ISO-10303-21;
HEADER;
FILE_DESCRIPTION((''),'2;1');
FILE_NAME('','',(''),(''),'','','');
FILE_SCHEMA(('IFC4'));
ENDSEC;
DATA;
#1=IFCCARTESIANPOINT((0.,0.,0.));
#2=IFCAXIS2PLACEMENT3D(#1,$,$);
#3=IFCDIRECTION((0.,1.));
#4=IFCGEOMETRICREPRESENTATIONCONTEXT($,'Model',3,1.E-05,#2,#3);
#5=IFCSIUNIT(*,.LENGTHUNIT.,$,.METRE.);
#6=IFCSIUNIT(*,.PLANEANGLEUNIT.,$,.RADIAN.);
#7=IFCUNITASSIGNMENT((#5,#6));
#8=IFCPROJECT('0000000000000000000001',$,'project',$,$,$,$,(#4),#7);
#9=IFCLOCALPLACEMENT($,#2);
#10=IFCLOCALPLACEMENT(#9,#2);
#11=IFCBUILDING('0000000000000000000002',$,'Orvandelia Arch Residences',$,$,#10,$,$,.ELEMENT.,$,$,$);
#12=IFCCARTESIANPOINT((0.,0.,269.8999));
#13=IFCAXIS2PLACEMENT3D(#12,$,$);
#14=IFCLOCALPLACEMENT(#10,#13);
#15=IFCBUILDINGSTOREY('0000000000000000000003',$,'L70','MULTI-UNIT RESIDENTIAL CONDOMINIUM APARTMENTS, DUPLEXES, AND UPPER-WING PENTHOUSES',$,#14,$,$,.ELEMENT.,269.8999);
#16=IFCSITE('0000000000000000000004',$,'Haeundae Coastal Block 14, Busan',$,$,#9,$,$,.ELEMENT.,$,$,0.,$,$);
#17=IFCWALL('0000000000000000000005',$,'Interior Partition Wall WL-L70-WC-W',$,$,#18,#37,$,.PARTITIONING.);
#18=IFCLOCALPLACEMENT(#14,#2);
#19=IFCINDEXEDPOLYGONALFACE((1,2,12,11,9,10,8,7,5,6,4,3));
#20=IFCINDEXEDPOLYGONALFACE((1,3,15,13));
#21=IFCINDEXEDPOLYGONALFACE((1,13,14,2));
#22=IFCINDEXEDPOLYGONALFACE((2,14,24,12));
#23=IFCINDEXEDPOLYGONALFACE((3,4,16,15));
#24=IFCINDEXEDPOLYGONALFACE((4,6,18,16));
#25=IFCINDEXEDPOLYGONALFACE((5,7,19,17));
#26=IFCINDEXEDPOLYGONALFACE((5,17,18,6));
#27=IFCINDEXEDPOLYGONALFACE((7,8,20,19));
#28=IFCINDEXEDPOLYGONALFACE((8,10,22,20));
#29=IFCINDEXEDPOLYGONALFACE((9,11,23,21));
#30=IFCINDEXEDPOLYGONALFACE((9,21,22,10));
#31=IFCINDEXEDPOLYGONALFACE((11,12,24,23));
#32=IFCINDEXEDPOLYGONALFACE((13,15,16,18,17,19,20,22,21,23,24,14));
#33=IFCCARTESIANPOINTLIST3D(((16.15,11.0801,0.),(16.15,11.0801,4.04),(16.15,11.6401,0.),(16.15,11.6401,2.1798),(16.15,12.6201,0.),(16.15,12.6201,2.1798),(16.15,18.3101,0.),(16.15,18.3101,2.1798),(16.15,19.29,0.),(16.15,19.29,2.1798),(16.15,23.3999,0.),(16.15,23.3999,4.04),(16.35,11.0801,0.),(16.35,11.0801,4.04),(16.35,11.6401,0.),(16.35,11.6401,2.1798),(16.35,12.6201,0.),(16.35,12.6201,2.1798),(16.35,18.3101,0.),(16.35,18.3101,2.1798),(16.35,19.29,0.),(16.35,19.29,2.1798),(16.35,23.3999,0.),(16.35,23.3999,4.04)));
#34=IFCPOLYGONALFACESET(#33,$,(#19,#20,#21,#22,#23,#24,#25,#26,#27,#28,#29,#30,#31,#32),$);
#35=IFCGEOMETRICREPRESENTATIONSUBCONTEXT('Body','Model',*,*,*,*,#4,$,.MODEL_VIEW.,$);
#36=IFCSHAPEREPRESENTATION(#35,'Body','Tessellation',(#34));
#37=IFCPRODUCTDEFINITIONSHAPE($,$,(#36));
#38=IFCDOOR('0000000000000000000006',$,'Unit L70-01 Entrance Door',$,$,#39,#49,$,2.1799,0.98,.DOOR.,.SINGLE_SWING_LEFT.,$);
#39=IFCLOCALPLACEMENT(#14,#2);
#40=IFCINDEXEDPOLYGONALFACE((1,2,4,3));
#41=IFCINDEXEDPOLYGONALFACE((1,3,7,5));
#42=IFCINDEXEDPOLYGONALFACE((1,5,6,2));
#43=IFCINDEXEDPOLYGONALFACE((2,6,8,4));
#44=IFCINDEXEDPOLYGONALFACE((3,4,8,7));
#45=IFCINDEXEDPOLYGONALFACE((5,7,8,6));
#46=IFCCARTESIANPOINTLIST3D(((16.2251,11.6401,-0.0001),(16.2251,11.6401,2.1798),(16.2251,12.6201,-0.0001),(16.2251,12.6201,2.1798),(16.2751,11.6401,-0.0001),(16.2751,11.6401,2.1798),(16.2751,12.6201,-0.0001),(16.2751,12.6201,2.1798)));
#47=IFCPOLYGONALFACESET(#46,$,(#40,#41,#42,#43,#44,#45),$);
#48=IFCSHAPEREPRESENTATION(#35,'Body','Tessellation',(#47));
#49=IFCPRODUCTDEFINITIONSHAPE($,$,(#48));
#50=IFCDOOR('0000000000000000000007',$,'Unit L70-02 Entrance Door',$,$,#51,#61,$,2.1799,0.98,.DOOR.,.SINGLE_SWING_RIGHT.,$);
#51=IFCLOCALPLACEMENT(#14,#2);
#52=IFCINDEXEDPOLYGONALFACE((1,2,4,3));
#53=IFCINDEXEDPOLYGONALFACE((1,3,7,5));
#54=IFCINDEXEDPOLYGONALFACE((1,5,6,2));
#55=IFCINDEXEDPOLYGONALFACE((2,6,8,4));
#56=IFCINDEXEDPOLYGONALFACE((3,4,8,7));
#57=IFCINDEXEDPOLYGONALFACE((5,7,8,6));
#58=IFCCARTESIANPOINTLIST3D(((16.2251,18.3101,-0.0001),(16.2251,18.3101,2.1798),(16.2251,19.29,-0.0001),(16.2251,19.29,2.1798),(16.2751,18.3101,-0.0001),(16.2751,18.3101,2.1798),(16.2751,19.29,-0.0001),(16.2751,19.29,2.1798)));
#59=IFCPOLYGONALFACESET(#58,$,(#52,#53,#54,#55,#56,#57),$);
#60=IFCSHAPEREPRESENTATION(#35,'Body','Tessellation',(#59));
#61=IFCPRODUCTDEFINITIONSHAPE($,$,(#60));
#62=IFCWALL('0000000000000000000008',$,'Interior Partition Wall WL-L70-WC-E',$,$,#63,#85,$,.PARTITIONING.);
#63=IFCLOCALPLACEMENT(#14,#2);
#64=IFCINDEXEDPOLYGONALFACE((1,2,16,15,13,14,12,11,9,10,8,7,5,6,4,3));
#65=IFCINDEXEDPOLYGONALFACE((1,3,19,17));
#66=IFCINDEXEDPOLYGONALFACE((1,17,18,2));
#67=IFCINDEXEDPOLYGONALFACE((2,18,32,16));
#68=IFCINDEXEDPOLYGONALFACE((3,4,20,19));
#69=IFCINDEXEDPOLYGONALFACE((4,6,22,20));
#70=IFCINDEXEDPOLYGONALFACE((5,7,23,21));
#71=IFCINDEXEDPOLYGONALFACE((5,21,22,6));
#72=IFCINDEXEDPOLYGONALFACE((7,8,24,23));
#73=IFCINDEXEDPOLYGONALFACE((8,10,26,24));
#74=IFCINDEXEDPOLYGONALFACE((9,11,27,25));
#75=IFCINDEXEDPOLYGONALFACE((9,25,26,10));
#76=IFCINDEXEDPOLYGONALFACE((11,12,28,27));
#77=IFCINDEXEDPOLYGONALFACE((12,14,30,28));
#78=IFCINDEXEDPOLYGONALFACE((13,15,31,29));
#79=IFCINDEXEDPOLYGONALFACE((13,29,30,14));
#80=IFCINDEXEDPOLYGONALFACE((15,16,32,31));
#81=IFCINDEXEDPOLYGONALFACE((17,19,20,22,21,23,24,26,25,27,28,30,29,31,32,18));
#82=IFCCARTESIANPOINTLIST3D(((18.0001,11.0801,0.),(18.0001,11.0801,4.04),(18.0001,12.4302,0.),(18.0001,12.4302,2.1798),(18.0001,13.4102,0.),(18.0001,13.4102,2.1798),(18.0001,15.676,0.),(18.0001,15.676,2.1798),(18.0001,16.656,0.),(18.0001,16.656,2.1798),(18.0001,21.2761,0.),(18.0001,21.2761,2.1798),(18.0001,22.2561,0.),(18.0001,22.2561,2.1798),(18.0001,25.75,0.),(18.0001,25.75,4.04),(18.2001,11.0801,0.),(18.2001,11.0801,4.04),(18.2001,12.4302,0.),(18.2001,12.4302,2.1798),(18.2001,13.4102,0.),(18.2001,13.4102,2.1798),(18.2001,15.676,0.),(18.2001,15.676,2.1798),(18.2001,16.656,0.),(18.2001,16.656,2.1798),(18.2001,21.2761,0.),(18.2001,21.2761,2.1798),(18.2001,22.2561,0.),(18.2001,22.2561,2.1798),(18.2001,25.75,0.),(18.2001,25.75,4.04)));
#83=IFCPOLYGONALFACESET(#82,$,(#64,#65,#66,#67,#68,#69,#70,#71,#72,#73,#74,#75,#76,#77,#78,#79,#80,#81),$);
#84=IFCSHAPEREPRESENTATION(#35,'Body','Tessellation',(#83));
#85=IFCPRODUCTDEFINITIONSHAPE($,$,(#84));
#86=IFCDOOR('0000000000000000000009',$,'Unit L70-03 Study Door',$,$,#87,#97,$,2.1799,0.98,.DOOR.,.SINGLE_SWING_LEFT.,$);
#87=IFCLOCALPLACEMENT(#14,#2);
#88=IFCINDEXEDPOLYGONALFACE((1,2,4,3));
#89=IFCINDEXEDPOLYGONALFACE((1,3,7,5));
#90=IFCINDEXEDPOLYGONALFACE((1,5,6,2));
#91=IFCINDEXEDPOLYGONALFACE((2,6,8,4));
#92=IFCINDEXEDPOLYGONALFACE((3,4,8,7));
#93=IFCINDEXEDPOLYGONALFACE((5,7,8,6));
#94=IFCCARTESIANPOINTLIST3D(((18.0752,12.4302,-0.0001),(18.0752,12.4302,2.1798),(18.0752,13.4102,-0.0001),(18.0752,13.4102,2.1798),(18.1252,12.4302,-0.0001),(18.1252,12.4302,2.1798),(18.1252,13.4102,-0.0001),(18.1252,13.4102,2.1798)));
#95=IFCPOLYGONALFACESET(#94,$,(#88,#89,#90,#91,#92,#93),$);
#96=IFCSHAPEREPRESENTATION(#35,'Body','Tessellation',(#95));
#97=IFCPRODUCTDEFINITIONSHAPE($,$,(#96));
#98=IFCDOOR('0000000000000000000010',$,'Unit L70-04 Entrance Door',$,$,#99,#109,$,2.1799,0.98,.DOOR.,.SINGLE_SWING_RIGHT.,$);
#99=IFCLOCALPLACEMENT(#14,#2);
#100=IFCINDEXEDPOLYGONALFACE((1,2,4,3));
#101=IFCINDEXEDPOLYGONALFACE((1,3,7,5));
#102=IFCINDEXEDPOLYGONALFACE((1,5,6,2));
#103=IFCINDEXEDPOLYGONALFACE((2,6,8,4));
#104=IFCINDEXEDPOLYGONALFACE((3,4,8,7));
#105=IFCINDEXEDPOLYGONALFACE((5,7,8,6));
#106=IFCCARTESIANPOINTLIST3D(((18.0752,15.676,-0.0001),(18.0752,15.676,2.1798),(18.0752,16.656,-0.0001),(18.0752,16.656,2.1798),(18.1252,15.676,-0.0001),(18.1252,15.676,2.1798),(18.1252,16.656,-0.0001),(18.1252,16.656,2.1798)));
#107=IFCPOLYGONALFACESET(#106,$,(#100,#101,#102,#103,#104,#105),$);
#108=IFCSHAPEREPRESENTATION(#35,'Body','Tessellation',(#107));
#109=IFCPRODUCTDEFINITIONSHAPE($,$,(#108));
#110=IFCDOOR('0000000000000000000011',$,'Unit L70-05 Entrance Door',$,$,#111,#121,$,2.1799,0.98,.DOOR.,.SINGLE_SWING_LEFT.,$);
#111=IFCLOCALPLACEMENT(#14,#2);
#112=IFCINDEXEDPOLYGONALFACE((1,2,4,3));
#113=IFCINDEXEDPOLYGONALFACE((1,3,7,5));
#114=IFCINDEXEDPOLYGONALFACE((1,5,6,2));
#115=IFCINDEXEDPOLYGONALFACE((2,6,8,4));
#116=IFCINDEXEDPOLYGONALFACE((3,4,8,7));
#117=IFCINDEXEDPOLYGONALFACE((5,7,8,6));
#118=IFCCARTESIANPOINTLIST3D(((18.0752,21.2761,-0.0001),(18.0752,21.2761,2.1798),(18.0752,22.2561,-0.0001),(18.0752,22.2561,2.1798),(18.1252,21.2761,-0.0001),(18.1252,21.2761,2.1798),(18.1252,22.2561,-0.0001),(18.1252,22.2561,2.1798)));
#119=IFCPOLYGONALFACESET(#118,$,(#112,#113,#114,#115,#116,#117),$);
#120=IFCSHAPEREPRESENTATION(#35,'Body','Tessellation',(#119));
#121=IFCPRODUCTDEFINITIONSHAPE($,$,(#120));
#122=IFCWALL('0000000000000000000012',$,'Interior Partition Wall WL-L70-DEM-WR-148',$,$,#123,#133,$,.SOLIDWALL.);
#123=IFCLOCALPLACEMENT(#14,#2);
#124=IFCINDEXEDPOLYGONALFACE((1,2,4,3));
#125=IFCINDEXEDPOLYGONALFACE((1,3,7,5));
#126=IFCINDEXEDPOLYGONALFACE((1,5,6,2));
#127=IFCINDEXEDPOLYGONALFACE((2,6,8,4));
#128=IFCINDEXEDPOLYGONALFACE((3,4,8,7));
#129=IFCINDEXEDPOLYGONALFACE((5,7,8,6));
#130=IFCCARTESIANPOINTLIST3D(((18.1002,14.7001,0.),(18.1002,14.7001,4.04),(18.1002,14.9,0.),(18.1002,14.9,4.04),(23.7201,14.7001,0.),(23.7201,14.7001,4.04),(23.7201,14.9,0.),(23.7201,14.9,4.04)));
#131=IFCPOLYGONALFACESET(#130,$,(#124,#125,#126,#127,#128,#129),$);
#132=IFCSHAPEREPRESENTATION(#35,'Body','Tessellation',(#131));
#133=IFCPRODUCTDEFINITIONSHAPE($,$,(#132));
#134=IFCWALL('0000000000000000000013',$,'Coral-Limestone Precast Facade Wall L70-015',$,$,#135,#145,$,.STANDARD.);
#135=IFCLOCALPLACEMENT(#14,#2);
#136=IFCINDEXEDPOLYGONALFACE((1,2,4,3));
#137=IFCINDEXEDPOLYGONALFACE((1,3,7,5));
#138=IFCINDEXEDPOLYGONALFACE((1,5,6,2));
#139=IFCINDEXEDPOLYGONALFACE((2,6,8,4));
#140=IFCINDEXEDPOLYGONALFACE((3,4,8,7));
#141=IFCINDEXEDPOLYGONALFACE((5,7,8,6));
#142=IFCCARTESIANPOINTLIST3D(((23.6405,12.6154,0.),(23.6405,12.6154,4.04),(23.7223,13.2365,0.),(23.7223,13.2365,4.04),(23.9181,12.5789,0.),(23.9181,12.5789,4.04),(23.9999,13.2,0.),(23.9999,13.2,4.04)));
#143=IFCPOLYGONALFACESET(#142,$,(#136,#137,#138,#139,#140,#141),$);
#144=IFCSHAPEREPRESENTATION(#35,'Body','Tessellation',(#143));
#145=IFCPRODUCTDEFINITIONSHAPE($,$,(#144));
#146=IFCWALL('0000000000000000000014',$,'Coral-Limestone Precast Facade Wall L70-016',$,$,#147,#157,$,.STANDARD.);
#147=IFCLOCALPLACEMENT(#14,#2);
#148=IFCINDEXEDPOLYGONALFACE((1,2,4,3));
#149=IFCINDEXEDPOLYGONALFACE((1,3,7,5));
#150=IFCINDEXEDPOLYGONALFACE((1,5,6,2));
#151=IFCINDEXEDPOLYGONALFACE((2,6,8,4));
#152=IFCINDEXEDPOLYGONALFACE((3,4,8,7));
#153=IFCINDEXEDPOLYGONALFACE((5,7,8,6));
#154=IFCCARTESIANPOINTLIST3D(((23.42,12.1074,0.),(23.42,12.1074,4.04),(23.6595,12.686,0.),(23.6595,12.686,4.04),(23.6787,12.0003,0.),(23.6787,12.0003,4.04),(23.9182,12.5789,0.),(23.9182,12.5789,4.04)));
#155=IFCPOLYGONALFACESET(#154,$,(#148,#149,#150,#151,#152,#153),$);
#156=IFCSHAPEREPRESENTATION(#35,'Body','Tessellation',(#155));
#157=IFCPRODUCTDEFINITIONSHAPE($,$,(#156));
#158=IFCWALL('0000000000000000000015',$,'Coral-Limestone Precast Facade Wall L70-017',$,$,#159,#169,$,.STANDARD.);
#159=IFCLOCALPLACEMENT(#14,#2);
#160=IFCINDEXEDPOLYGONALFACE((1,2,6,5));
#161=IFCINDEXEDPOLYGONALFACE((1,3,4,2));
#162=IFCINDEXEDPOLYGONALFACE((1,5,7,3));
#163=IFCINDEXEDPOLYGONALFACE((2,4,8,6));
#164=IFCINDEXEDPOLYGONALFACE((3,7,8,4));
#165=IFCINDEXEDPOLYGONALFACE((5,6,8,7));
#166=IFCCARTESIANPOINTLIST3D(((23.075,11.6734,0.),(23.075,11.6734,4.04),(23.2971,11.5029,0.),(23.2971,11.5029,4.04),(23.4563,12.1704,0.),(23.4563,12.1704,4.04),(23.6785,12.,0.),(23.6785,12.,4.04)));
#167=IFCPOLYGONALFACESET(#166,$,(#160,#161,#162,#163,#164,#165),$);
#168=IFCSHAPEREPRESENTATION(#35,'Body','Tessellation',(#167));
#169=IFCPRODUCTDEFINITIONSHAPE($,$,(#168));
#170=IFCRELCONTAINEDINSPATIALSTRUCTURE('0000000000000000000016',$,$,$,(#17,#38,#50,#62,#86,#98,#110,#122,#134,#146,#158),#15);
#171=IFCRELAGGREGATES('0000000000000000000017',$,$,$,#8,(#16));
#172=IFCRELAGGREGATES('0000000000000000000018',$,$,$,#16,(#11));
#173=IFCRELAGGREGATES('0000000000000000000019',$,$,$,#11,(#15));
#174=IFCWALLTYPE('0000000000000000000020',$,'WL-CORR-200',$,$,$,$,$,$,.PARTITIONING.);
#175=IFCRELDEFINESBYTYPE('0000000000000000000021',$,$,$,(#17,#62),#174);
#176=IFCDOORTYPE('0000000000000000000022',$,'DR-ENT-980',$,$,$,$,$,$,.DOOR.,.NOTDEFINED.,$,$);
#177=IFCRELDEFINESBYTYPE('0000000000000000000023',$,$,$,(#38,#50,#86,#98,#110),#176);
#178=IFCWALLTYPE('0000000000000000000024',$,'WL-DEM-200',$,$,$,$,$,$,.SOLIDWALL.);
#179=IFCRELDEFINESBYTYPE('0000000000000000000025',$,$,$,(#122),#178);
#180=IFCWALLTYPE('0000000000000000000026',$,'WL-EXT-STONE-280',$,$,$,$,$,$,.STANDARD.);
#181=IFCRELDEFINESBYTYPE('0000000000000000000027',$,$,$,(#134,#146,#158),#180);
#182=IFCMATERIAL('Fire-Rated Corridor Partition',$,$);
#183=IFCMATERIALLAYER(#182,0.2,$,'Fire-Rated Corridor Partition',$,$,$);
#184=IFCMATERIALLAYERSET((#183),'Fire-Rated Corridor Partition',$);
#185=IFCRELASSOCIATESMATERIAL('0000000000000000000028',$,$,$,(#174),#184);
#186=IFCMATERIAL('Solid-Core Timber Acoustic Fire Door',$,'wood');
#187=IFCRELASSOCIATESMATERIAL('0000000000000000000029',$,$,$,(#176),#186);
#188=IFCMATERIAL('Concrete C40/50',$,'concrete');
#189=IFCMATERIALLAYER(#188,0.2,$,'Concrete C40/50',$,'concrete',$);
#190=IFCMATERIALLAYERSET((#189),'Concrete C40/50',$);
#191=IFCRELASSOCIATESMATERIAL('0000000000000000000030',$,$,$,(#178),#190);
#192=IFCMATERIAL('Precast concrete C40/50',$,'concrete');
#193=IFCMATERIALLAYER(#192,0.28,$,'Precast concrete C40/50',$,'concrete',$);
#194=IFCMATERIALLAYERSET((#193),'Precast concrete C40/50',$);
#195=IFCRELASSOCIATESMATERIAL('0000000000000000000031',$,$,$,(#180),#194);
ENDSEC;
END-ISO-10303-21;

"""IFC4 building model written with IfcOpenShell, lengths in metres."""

from ifc_helpers import new_model, si_unit, direction, frame, frame_2d, origin, place, context, subcontext, project, spatial, rectangle, extrude, material, layer, layer_set, type_object, element, fill, save


model = new_model("IFC4")

# Units and contexts
model_context = context("Model", 3, precision=1e-05, world=origin(), true_north=direction((0.0, 1.0)))
body_context = subcontext(model_context, "Body", "Model", "MODEL_VIEW")
ifc_project = project(units=[si_unit("LENGTHUNIT", "METRE"), si_unit("PLANEANGLEUNIT", "RADIAN")], contexts=[model_context])

# Site, building, storey
site_placement = place(None, origin())
site = spatial("IfcSite", under=ifc_project, at=site_placement, Name="Haeundae Coastal Block 14, Busan", CompositionType="ELEMENT", RefElevation=0.0)
building_placement = place(site_placement, origin())
building = spatial("IfcBuilding", under=site, at=building_placement, Name="Orvandelia Arch Residences", CompositionType="ELEMENT")
storey_placement = place(building_placement, frame((0.0, 0.0, 269.8999)))
storey = spatial("IfcBuildingStorey", under=building, at=storey_placement, Name="L70", Description="MULTI-UNIT RESIDENTIAL CONDOMINIUM APARTMENTS, DUPLEXES, AND UPPER-WING PENTHOUSES", CompositionType="ELEMENT", Elevation=269.8999)

# Walls, openings, doors
ifc_material_1 = material(Name="Fire-Rated Corridor Partition")
ifc_layer_1 = layer(ifc_material_1, 0.2, Name="Fire-Rated Corridor Partition")
ifc_layer_set_1 = layer_set([ifc_layer_1], Name="Fire-Rated Corridor Partition")
wall_type_1 = type_object("IfcWallType", Name="WL-CORR-200", PredefinedType="PARTITIONING", material=ifc_layer_set_1)
wall_1_placement = place(storey_placement, frame((16.25, 11.0801, 0.0), z_axis=(0.0, 0.0, 1.0), x_axis=(0.0, 1.0, 0.0)))
wall_1 = element("IfcWall", 1, at=wall_1_placement, inside=storey, type_object=wall_type_1, Name="Interior Partition Wall WL-L70-WC-W", PredefinedType="PARTITIONING", context=body_context, shape_type="SweptSolid", body=[
    extrude(rectangle(XDim=12.3198, YDim=0.2, at=frame_2d((6.1599, 0.0))), origin(), (0.0, 0.0, 1.0), 4.04),
])
opening_1_placement = place(wall_1_placement, frame((0.5601, 0.0, 0.0)))
opening_1 = element("IfcOpeningElement", 2, at=opening_1_placement, cuts=wall_1, PredefinedType="OPENING", context=body_context, shape_type="SweptSolid", body=[
    extrude(rectangle(XDim=0.98, YDim=2.1799, at=frame_2d((0.49, 1.0898))), frame((0.0, 0.1099, 0.0), z_axis=(0.0, -1.0, 0.0), x_axis=(1.0, 0.0, 0.0)), (0.0, 0.0, 1.0), 0.22),
])
opening_2_placement = place(wall_1_placement, frame((7.23, 0.0, 0.0)))
opening_2 = element("IfcOpeningElement", 3, at=opening_2_placement, cuts=wall_1, PredefinedType="OPENING", context=body_context, shape_type="SweptSolid", body=[
    extrude(rectangle(XDim=0.98, YDim=2.1799, at=frame_2d((0.49, 1.0898))), frame((0.0, 0.1099, 0.0), z_axis=(0.0, -1.0, 0.0), x_axis=(1.0, 0.0, 0.0)), (0.0, 0.0, 1.0), 0.22),
])
ifc_material_2 = material(Name="Solid-Core Timber Acoustic Fire Door", Category="wood")
door_type = type_object("IfcDoorType", Name="DR-ENT-980", OperationType="NOTDEFINED", PredefinedType="DOOR", material=ifc_material_2)
door_1_placement = place(opening_1_placement, origin())
door_1 = element("IfcDoor", 4, at=door_1_placement, inside=storey, type_object=door_type, Name="Unit L70-01 Entrance Door", OperationType="SINGLE_SWING_LEFT", OverallHeight=2.1799, OverallWidth=0.98, PredefinedType="DOOR", context=body_context, shape_type="SweptSolid", body=[
    extrude(rectangle(XDim=0.98, YDim=2.1799, at=frame_2d((0.49, 1.0898))), frame((0.0, 0.0249, 0.0), z_axis=(0.0, -1.0, 0.0), x_axis=(1.0, 0.0, 0.0)), (0.0, 0.0, 1.0), 0.05),
])
fill(opening_1, door_1)
door_2_placement = place(opening_2_placement, origin())
door_2 = element("IfcDoor", 5, at=door_2_placement, inside=storey, type_object=door_type, Name="Unit L70-02 Entrance Door", OperationType="SINGLE_SWING_RIGHT", OverallHeight=2.1799, OverallWidth=0.98, PredefinedType="DOOR", context=body_context, shape_type="SweptSolid", body=[
    extrude(rectangle(XDim=0.98, YDim=2.1799, at=frame_2d((0.49, 1.0898))), frame((0.0, 0.0249, 0.0), z_axis=(0.0, -1.0, 0.0), x_axis=(1.0, 0.0, 0.0)), (0.0, 0.0, 1.0), 0.05),
])
fill(opening_2, door_2)
wall_2_placement = place(storey_placement, frame((18.1001, 11.0801, 0.0), z_axis=(0.0, 0.0, 1.0), x_axis=(0.0, 1.0, 0.0)))
wall_2 = element("IfcWall", 6, at=wall_2_placement, inside=storey, type_object=wall_type_1, Name="Interior Partition Wall WL-L70-WC-E", PredefinedType="PARTITIONING", context=body_context, shape_type="SweptSolid", body=[
    extrude(rectangle(XDim=14.6699, YDim=0.2, at=frame_2d((7.335, 0.0))), origin(), (0.0, 0.0, 1.0), 4.04),
])
opening_3_placement = place(wall_2_placement, frame((1.3501, 0.0, 0.0)))
opening_3 = element("IfcOpeningElement", 7, at=opening_3_placement, cuts=wall_2, PredefinedType="OPENING", context=body_context, shape_type="SweptSolid", body=[
    extrude(rectangle(XDim=0.98, YDim=2.1799, at=frame_2d((0.49, 1.0898))), frame((0.0, 0.1099, 0.0), z_axis=(0.0, -1.0, 0.0), x_axis=(1.0, 0.0, 0.0)), (0.0, 0.0, 1.0), 0.22),
])
opening_4_placement = place(wall_2_placement, frame((4.5959, 0.0, 0.0)))
opening_4 = element("IfcOpeningElement", 8, at=opening_4_placement, cuts=wall_2, PredefinedType="OPENING", context=body_context, shape_type="SweptSolid", body=[
    extrude(rectangle(XDim=0.98, YDim=2.1799, at=frame_2d((0.49, 1.0898))), frame((0.0, 0.1099, 0.0), z_axis=(0.0, -1.0, 0.0), x_axis=(1.0, 0.0, 0.0)), (0.0, 0.0, 1.0), 0.22),
])
opening_5_placement = place(wall_2_placement, frame((10.196, 0.0, 0.0)))
opening_5 = element("IfcOpeningElement", 9, at=opening_5_placement, cuts=wall_2, PredefinedType="OPENING", context=body_context, shape_type="SweptSolid", body=[
    extrude(rectangle(XDim=0.98, YDim=2.1799, at=frame_2d((0.49, 1.0898))), frame((0.0, 0.1099, 0.0), z_axis=(0.0, -1.0, 0.0), x_axis=(1.0, 0.0, 0.0)), (0.0, 0.0, 1.0), 0.22),
])
door_3_placement = place(opening_3_placement, origin())
door_3 = element("IfcDoor", 10, at=door_3_placement, inside=storey, type_object=door_type, Name="Unit L70-03 Study Door", OperationType="SINGLE_SWING_LEFT", OverallHeight=2.1799, OverallWidth=0.98, PredefinedType="DOOR", context=body_context, shape_type="SweptSolid", body=[
    extrude(rectangle(XDim=0.98, YDim=2.1799, at=frame_2d((0.49, 1.0898))), frame((0.0, 0.0249, 0.0), z_axis=(0.0, -1.0, 0.0), x_axis=(1.0, 0.0, 0.0)), (0.0, 0.0, 1.0), 0.05),
])
fill(opening_3, door_3)
door_4_placement = place(opening_4_placement, origin())
door_4 = element("IfcDoor", 11, at=door_4_placement, inside=storey, type_object=door_type, Name="Unit L70-04 Entrance Door", OperationType="SINGLE_SWING_RIGHT", OverallHeight=2.1799, OverallWidth=0.98, PredefinedType="DOOR", context=body_context, shape_type="SweptSolid", body=[
    extrude(rectangle(XDim=0.98, YDim=2.1799, at=frame_2d((0.49, 1.0898))), frame((0.0, 0.0249, 0.0), z_axis=(0.0, -1.0, 0.0), x_axis=(1.0, 0.0, 0.0)), (0.0, 0.0, 1.0), 0.05),
])
fill(opening_4, door_4)
door_5_placement = place(opening_5_placement, origin())
door_5 = element("IfcDoor", 12, at=door_5_placement, inside=storey, type_object=door_type, Name="Unit L70-05 Entrance Door", OperationType="SINGLE_SWING_LEFT", OverallHeight=2.1799, OverallWidth=0.98, PredefinedType="DOOR", context=body_context, shape_type="SweptSolid", body=[
    extrude(rectangle(XDim=0.98, YDim=2.1799, at=frame_2d((0.49, 1.0898))), frame((0.0, 0.0249, 0.0), z_axis=(0.0, -1.0, 0.0), x_axis=(1.0, 0.0, 0.0)), (0.0, 0.0, 1.0), 0.05),
])
fill(opening_5, door_5)

# Walls
ifc_material_3 = material(Name="Concrete C40/50", Category="concrete")
ifc_layer_2 = layer(ifc_material_3, 0.2, Name="Concrete C40/50", Category="concrete")
ifc_layer_set_2 = layer_set([ifc_layer_2], Name="Concrete C40/50")
wall_type_2 = type_object("IfcWallType", Name="WL-DEM-200", PredefinedType="SOLIDWALL", material=ifc_layer_set_2)
wall_3_placement = place(storey_placement, frame((18.1001, 14.8, 0.0), z_axis=(0.0, 0.0, 1.0), x_axis=(1.0, 0.0, 0.0)))
element("IfcWall", 13, at=wall_3_placement, inside=storey, type_object=wall_type_2, Name="Interior Partition Wall WL-L70-DEM-WR-148", PredefinedType="SOLIDWALL", context=body_context, shape_type="SweptSolid", body=[
    extrude(rectangle(XDim=5.6199, YDim=0.2, at=frame_2d((2.8101, 0.0))), origin(), (0.0, 0.0, 1.0), 4.04),
])
ifc_material_4 = material(Name="Precast concrete C40/50", Category="concrete")
ifc_layer_3 = layer(ifc_material_4, 0.28, Name="Precast concrete C40/50", Category="concrete")
ifc_layer_set_3 = layer_set([ifc_layer_3], Name="Precast concrete C40/50")
wall_type_3 = type_object("IfcWallType", Name="WL-EXT-STONE-280", PredefinedType="STANDARD", material=ifc_layer_set_3)
wall_4_placement = place(storey_placement, frame((23.8611, 13.2183, 0.0), z_axis=(0.0, 0.0, 1.0), x_axis=(-0.130555, -0.991441, 0.0)))
element("IfcWall", 14, at=wall_4_placement, inside=storey, type_object=wall_type_3, Name="Coral-Limestone Precast Facade Wall L70-015", PredefinedType="STANDARD", context=body_context, shape_type="SweptSolid", body=[
    extrude(rectangle(XDim=0.6265, YDim=0.28, at=frame_2d((0.3132, 0.0))), origin(), (0.0, 0.0, 1.0), 4.04),
])
wall_5_placement = place(storey_placement, frame((23.7888, 12.6323, 0.0), z_axis=(0.0, 0.0, 1.0), x_axis=(-0.382455, -0.923974, 0.0)))
element("IfcWall", 15, at=wall_5_placement, inside=storey, type_object=wall_type_3, Name="Coral-Limestone Precast Facade Wall L70-016", PredefinedType="STANDARD", context=body_context, shape_type="SweptSolid", body=[
    extrude(rectangle(XDim=0.6262, YDim=0.28, at=frame_2d((0.313, 0.0))), origin(), (0.0, 0.0, 1.0), 4.04),
])
for number, where, z_axis, x_axis, name in (
    (16, (23.5674, 12.0852, 0.0), (0.0, 0.0, 1.0), (-0.608693, -0.793406, 0.0), "Coral-Limestone Precast Facade Wall L70-017"),
):
    element("IfcWall", number, at=place(storey_placement, frame(where, z_axis=z_axis, x_axis=x_axis)), inside=storey, type_object=wall_type_3, Name=name, PredefinedType="STANDARD", context=body_context, shape_type="SweptSolid", body=[
        extrude(rectangle(XDim=0.6265, YDim=0.28, at=frame_2d((0.3132, 0.0))), origin(), (0.0, 0.0, 1.0), 4.04),
    ])

save(model, "model.ifc")
